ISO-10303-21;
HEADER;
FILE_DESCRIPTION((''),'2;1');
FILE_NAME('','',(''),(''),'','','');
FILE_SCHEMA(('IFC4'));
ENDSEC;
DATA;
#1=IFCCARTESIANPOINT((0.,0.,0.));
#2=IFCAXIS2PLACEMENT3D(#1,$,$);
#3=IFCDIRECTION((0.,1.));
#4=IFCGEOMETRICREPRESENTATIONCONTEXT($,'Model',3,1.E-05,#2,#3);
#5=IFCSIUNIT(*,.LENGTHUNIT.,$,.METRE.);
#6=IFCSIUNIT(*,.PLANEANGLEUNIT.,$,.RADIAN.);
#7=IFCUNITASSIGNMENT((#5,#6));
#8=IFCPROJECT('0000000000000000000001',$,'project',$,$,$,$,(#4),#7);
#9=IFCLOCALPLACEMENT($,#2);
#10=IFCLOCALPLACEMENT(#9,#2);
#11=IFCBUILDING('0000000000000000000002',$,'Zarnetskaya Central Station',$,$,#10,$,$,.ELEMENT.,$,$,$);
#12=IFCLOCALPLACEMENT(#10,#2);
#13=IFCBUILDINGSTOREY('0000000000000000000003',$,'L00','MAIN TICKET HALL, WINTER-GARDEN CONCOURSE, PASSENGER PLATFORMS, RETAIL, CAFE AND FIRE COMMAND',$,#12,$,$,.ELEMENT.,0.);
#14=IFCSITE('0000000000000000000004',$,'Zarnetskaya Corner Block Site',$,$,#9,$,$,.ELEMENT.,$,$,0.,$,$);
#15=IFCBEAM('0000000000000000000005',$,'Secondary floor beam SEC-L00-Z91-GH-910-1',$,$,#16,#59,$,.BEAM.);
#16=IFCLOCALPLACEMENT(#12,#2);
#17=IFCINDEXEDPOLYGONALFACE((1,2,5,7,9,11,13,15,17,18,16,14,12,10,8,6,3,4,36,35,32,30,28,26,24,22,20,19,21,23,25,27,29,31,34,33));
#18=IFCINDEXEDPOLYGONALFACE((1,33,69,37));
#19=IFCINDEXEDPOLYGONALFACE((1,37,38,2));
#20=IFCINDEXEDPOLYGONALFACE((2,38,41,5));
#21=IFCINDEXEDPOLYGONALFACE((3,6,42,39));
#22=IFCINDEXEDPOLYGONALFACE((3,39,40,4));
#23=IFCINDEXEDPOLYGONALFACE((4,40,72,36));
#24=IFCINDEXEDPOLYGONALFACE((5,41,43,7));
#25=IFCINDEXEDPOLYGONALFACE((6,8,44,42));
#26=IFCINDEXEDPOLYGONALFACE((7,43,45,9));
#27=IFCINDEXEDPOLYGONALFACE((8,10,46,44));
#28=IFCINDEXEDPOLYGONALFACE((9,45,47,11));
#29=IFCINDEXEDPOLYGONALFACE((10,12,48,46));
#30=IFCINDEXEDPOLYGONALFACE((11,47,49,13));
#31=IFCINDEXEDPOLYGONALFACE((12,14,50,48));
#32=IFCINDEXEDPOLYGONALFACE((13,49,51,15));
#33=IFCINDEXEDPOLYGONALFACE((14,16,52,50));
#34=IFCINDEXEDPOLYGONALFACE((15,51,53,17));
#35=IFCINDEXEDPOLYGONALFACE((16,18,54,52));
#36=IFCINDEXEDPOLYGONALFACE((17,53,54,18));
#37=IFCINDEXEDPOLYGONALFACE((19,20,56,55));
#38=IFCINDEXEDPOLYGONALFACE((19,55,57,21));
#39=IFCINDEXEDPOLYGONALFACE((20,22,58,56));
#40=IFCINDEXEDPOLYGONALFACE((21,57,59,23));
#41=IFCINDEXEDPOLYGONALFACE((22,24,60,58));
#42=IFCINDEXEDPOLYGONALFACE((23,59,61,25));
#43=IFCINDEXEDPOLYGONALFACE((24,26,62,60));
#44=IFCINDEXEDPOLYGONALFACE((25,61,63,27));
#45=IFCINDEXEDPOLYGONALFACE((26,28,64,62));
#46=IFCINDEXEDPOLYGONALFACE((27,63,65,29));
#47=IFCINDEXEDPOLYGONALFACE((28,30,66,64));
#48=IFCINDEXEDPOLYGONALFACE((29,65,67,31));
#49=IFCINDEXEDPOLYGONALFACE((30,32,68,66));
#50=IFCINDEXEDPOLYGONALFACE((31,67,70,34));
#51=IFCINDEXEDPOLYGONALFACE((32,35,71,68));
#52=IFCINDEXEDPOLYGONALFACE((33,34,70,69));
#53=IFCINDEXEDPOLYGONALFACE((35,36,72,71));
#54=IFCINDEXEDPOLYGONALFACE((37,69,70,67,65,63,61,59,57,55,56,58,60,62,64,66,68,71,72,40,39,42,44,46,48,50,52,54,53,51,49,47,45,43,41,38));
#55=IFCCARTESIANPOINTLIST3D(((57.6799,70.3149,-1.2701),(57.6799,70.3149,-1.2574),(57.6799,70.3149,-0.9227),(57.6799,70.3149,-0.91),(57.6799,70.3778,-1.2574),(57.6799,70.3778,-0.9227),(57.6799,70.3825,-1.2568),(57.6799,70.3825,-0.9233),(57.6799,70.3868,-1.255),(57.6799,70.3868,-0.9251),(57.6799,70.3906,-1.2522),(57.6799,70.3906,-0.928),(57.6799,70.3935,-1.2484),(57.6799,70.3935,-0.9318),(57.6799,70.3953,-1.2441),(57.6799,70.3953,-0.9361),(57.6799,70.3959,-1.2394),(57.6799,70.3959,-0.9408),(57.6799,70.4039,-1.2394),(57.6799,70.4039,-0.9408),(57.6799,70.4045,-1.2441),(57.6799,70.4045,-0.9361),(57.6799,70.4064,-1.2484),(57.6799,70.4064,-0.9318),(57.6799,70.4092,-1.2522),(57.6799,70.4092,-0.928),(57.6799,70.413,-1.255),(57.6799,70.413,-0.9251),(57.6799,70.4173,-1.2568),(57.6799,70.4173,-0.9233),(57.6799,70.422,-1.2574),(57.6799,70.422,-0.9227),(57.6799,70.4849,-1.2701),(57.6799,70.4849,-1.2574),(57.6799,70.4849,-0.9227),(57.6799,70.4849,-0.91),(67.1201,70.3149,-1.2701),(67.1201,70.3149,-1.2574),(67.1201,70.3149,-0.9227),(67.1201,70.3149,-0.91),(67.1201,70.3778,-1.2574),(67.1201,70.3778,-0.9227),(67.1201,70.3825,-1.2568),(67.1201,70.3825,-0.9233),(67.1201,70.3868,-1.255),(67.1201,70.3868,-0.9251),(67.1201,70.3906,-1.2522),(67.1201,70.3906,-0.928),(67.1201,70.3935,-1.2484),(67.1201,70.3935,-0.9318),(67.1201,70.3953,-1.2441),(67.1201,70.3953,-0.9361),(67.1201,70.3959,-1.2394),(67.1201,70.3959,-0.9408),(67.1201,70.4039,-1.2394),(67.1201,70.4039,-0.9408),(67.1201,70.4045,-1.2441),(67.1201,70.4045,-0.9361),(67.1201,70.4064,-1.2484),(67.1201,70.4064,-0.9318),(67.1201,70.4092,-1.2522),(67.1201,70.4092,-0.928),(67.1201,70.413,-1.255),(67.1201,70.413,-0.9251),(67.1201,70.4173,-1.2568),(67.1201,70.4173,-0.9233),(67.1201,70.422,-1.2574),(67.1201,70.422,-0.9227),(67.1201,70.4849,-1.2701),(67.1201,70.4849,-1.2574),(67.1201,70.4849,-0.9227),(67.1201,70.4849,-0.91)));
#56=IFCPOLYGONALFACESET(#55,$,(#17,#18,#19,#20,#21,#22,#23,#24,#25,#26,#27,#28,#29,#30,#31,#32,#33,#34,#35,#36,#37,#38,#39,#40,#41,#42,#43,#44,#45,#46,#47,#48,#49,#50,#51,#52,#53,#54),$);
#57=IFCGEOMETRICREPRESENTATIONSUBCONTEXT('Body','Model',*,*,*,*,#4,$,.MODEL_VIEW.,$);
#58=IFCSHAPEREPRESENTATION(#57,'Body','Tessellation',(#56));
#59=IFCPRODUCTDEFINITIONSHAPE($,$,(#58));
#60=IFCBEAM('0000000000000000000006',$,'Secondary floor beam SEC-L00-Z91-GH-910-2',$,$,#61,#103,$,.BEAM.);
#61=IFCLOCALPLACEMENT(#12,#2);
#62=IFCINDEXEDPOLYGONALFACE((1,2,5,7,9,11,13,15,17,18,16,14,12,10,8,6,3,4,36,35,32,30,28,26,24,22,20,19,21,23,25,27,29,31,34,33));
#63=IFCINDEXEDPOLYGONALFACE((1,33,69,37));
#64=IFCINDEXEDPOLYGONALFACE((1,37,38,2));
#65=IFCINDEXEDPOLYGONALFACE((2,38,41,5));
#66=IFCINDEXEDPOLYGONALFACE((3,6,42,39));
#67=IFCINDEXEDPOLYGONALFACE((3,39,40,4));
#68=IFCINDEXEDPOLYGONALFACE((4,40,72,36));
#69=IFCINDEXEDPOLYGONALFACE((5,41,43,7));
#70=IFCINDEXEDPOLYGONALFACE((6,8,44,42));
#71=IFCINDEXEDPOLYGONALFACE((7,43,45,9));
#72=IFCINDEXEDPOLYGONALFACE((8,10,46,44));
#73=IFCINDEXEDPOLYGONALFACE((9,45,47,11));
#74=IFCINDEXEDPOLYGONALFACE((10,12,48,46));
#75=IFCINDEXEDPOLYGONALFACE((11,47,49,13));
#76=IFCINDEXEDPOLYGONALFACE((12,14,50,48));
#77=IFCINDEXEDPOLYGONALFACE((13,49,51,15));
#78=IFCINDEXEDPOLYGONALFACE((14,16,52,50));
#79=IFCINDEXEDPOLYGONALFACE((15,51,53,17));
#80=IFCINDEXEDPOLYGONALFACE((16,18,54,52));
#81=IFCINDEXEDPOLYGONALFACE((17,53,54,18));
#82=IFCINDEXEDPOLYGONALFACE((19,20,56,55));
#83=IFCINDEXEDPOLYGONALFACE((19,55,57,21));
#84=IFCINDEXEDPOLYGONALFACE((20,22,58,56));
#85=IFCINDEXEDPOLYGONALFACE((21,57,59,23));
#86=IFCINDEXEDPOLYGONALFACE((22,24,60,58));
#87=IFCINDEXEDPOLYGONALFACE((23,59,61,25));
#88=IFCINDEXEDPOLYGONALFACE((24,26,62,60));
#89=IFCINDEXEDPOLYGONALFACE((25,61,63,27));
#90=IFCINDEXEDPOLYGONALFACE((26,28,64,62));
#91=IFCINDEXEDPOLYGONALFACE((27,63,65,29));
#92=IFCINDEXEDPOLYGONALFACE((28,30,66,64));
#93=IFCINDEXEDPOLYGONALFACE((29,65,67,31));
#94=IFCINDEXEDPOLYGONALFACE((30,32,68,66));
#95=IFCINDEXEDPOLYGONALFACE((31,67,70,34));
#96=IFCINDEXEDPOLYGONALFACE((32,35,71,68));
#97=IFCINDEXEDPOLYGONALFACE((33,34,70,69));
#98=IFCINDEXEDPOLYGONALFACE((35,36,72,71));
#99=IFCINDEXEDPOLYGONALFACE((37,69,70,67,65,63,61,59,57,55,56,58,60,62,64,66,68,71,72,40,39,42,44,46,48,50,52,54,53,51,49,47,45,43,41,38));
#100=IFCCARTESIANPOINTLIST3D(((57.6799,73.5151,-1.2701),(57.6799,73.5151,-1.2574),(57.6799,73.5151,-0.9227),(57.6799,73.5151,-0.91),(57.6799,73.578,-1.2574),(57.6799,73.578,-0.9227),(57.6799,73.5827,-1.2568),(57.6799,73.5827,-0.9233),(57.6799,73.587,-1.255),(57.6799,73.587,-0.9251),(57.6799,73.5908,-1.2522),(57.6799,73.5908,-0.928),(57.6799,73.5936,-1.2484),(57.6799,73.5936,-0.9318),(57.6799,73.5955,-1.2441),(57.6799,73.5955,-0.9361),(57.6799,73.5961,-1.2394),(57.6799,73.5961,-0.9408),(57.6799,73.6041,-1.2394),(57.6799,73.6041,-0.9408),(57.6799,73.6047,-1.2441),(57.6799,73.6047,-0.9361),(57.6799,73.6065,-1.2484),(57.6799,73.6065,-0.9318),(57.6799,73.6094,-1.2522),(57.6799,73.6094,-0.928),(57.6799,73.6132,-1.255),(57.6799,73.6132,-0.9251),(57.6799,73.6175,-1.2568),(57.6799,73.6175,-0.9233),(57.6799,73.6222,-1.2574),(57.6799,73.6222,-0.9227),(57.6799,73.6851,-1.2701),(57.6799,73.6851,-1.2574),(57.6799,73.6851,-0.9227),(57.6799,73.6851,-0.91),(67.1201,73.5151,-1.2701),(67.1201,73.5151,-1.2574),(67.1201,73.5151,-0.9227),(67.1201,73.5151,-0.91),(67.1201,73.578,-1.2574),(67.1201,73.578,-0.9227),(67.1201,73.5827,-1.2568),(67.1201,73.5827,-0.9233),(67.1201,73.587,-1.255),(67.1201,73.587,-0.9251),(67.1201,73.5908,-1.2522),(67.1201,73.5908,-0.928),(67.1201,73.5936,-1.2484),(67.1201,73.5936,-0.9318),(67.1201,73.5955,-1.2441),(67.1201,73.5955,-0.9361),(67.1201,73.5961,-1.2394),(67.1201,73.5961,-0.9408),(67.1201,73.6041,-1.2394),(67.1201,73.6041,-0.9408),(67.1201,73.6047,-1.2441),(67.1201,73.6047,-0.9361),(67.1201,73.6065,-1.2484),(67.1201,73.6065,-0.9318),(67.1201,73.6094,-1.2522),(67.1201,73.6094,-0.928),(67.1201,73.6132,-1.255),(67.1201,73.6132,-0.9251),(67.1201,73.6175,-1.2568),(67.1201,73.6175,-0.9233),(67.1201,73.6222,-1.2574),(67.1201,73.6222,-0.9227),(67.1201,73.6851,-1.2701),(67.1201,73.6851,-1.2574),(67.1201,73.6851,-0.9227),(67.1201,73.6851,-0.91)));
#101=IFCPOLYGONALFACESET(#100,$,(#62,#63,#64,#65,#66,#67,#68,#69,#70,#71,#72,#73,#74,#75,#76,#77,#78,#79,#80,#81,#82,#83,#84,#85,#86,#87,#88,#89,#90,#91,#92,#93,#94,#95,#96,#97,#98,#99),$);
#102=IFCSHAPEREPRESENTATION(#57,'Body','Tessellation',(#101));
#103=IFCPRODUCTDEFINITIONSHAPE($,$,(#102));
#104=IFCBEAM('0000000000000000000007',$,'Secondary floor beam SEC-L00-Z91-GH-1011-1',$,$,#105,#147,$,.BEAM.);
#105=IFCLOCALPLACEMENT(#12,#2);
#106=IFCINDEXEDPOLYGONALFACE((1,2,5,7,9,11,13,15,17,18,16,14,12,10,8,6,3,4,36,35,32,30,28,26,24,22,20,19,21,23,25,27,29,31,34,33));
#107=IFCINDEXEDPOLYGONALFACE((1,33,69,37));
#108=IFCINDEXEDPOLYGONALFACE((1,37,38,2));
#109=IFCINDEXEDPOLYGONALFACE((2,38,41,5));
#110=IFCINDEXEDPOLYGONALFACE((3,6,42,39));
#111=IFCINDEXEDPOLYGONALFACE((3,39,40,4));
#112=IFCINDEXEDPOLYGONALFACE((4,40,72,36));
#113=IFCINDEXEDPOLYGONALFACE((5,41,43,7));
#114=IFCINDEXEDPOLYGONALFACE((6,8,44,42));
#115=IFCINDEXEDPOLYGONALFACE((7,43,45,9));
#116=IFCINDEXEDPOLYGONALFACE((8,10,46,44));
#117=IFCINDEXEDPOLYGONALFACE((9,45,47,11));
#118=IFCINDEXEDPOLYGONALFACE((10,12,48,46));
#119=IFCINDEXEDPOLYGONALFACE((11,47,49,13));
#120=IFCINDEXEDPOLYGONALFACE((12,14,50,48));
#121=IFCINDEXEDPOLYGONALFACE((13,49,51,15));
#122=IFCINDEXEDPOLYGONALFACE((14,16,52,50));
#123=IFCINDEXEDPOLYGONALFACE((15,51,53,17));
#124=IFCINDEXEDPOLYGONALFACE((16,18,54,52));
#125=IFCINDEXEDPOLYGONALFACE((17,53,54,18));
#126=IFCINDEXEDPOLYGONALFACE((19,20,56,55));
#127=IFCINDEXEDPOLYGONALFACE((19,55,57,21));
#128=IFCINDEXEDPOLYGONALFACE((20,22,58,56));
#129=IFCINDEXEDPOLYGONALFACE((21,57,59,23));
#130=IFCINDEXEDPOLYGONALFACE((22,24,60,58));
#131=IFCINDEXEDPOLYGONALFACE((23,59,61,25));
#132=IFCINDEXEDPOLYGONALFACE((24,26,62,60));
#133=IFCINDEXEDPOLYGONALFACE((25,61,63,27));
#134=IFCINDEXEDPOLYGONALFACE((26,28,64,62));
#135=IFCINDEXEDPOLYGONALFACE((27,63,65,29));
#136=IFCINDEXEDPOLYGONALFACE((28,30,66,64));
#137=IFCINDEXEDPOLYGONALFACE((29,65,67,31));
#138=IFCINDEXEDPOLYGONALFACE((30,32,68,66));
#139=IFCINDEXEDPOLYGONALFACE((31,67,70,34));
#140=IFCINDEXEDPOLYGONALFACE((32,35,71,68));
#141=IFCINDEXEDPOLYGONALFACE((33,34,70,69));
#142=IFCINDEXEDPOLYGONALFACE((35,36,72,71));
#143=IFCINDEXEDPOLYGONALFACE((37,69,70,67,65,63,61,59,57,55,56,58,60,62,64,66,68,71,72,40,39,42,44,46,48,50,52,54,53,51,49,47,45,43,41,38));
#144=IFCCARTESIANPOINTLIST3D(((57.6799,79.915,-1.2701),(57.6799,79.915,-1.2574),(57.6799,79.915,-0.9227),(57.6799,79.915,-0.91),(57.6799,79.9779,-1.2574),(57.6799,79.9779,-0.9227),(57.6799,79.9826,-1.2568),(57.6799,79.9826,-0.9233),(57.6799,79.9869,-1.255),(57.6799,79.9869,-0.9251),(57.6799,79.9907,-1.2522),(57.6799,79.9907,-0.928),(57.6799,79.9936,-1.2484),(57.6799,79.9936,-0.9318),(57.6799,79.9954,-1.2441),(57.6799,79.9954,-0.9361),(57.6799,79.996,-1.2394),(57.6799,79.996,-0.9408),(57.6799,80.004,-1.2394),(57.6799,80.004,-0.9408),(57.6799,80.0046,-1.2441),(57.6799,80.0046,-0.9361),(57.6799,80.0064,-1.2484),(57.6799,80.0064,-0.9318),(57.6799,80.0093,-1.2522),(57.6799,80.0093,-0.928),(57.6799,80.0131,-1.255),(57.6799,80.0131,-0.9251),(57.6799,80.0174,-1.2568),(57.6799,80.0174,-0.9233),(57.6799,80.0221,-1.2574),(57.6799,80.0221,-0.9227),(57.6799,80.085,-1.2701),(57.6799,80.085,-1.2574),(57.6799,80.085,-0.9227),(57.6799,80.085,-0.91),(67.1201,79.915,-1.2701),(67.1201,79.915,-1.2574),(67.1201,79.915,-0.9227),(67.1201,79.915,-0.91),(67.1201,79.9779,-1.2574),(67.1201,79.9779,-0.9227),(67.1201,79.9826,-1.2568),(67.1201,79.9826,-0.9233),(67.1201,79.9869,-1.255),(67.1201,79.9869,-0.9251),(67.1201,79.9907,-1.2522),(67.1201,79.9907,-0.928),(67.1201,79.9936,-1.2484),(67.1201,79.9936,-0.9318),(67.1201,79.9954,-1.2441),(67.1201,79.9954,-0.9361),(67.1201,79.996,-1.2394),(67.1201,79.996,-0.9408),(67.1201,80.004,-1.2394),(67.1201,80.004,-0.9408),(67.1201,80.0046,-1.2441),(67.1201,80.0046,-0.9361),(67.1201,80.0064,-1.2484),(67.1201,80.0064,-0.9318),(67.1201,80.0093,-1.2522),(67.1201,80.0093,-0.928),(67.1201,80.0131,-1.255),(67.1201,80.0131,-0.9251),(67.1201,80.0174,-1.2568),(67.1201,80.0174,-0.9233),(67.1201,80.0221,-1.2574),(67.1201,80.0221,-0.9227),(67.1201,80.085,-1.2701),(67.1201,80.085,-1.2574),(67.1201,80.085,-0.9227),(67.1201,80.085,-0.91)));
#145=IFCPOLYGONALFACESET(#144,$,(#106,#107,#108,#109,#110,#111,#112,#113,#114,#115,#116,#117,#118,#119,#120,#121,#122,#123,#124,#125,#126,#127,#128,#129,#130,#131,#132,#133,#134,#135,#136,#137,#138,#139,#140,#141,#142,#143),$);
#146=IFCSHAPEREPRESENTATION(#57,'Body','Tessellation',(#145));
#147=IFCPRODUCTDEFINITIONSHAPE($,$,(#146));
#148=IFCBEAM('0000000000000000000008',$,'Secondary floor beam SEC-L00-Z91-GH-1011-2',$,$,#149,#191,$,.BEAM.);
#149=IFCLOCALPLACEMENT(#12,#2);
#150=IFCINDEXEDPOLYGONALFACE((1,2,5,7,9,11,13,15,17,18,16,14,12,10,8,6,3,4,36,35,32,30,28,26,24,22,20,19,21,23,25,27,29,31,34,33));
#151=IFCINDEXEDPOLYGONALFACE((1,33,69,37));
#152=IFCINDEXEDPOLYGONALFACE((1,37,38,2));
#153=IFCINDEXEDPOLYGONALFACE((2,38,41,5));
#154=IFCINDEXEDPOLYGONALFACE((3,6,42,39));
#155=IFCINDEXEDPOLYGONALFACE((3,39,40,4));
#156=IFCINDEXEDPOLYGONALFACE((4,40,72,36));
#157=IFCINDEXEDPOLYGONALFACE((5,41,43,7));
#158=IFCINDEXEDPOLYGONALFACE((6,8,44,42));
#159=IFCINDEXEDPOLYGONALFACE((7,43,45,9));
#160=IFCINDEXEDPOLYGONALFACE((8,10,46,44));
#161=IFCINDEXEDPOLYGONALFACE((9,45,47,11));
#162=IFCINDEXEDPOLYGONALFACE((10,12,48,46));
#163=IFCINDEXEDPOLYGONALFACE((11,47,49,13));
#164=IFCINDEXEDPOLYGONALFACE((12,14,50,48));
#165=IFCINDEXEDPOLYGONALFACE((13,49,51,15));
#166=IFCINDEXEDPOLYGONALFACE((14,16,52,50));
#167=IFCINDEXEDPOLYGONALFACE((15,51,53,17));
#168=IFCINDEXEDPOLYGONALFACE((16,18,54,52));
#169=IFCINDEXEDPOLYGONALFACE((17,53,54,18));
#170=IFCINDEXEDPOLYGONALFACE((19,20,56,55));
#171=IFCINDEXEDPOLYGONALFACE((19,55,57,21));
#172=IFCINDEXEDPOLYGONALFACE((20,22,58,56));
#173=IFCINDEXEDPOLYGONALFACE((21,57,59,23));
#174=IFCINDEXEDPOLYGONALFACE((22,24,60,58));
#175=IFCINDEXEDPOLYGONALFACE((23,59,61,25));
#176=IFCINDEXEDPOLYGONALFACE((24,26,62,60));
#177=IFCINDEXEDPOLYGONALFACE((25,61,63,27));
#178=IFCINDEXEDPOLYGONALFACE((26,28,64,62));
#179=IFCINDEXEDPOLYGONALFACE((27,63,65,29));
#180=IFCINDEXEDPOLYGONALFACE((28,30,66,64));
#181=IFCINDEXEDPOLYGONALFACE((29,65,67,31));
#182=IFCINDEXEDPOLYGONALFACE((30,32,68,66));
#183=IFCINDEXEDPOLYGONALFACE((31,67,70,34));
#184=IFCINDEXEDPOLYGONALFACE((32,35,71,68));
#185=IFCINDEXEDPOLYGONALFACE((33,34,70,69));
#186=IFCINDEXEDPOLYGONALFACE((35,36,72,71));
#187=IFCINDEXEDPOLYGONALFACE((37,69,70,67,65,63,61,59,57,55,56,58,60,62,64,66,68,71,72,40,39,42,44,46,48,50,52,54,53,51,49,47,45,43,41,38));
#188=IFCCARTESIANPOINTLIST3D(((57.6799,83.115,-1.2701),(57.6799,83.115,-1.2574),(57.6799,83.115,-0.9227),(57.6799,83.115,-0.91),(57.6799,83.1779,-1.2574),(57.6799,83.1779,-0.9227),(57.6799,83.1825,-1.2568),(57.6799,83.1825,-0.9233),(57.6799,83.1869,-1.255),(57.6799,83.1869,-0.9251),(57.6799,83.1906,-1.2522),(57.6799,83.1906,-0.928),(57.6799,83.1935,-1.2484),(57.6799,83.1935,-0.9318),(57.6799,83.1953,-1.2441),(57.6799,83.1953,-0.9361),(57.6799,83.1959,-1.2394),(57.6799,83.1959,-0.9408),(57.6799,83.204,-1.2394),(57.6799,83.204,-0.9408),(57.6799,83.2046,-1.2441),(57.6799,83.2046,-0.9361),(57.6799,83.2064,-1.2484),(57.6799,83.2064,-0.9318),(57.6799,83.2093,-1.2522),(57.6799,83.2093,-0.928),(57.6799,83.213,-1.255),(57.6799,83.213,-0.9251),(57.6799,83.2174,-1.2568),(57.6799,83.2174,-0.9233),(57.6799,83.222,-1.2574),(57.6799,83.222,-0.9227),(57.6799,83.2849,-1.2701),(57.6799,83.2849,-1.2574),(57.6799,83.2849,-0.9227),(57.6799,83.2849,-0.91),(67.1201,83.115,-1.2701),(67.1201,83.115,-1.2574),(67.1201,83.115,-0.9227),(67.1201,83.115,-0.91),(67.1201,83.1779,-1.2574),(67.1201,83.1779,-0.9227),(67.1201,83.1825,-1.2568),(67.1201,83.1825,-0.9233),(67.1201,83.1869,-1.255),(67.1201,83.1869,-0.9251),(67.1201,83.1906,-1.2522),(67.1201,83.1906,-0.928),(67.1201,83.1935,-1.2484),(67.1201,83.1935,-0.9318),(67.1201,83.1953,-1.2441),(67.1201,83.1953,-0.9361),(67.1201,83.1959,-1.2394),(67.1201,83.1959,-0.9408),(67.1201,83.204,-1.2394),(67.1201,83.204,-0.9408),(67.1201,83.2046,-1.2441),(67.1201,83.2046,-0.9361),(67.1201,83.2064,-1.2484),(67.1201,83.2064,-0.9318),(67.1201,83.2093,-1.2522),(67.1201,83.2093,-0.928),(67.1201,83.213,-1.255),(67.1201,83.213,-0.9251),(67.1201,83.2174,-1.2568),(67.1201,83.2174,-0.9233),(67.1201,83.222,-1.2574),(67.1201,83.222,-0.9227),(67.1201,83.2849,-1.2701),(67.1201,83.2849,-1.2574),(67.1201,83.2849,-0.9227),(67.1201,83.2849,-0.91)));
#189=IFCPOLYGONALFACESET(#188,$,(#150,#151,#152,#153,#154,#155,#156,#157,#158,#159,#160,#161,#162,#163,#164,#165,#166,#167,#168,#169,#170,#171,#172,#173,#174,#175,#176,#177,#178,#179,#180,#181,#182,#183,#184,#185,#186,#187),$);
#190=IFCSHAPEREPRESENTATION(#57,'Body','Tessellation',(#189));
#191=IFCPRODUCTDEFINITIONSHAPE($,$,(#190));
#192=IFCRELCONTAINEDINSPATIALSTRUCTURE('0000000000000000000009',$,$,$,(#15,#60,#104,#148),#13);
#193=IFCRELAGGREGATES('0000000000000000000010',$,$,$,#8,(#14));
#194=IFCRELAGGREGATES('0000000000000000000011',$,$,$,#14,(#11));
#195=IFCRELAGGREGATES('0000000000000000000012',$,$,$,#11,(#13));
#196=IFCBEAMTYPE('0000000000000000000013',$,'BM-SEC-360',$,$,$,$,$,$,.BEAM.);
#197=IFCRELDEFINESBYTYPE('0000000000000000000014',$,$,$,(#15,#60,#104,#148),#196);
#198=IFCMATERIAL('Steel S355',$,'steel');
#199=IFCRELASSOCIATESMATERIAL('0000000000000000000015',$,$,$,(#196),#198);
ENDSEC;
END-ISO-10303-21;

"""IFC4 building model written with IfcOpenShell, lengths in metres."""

from ifc_helpers import new_model, si_unit, direction, frame, origin, origin_2d, place, context, subcontext, project, spatial, i_section, extrude, material, material_profile, profile_set, type_object, element, save


model = new_model("IFC4")

# Units and contexts
model_context = context("Model", 3, precision=1e-05, world=origin(), true_north=direction((0.0, 1.0)))
body_context = subcontext(model_context, "Body", "Model", "MODEL_VIEW")
ifc_project = project(units=[si_unit("LENGTHUNIT", "METRE"), si_unit("PLANEANGLEUNIT", "RADIAN")], contexts=[model_context])

# Site, building, storey
site_placement = place(None, origin())
site = spatial("IfcSite", under=ifc_project, at=site_placement, Name="Zarnetskaya Corner Block Site", CompositionType="ELEMENT", RefElevation=0.0)
building_placement = place(site_placement, origin())
building = spatial("IfcBuilding", under=site, at=building_placement, Name="Zarnetskaya Central Station", CompositionType="ELEMENT")
storey_placement = place(building_placement, origin())
storey = spatial("IfcBuildingStorey", under=building, at=storey_placement, Name="L00", Description="MAIN TICKET HALL, WINTER-GARDEN CONCOURSE, PASSENGER PLATFORMS, RETAIL, CAFE AND FIRE COMMAND", CompositionType="ELEMENT", Elevation=0.0)

# Shared definitions
ifc_material = material(Name="Steel S355", Category="steel")

# Beams
ifc_material_profile_1 = material_profile(ifc_material, i_section(OverallWidth=0.1699, OverallDepth=0.3601, WebThickness=0.0081, FlangeThickness=0.0127, FilletRadius=0.0181, at=origin_2d()), Name="IPE 360")
ifc_profile_set_1 = profile_set([ifc_material_profile_1], Name="Steel S355")
beam_type_1 = type_object("IfcBeamType", Name="BM-SEC-360", PredefinedType="BEAM", material=ifc_profile_set_1)
for number, where, z_axis, x_axis, name in (
    (1, (57.6799, 70.3999, -1.0901), (1.0, 0.0, 0.0), (0.0, 1.0, 0.0), "Secondary floor beam SEC-L00-Z91-GH-910-1"),
    (2, (57.6799, 73.6001, -1.0901), (1.0, 0.0, 0.0), (0.0, 1.0, 0.0), "Secondary floor beam SEC-L00-Z91-GH-910-2"),
    (3, (57.6799, 80.0, -1.0901), (1.0, 0.0, 0.0), (0.0, 1.0, 0.0), "Secondary floor beam SEC-L00-Z91-GH-1011-1"),
    (4, (57.6799, 83.2, -1.0901), (1.0, 0.0, 0.0), (0.0, 1.0, 0.0), "Secondary floor beam SEC-L00-Z91-GH-1011-2"),
):
    element("IfcBeam", number, at=place(storey_placement, frame(where, z_axis=z_axis, x_axis=x_axis)), inside=storey, type_object=beam_type_1, Name=name, PredefinedType="BEAM", context=body_context, shape_type="SweptSolid", body=[
        extrude(i_section(OverallWidth=0.1699, OverallDepth=0.3601, WebThickness=0.0081, FlangeThickness=0.0127, FilletRadius=0.0181, at=origin_2d()), origin(), (0.0, 0.0, 1.0), 9.4402),
    ])

save(model, "model.ifc")
